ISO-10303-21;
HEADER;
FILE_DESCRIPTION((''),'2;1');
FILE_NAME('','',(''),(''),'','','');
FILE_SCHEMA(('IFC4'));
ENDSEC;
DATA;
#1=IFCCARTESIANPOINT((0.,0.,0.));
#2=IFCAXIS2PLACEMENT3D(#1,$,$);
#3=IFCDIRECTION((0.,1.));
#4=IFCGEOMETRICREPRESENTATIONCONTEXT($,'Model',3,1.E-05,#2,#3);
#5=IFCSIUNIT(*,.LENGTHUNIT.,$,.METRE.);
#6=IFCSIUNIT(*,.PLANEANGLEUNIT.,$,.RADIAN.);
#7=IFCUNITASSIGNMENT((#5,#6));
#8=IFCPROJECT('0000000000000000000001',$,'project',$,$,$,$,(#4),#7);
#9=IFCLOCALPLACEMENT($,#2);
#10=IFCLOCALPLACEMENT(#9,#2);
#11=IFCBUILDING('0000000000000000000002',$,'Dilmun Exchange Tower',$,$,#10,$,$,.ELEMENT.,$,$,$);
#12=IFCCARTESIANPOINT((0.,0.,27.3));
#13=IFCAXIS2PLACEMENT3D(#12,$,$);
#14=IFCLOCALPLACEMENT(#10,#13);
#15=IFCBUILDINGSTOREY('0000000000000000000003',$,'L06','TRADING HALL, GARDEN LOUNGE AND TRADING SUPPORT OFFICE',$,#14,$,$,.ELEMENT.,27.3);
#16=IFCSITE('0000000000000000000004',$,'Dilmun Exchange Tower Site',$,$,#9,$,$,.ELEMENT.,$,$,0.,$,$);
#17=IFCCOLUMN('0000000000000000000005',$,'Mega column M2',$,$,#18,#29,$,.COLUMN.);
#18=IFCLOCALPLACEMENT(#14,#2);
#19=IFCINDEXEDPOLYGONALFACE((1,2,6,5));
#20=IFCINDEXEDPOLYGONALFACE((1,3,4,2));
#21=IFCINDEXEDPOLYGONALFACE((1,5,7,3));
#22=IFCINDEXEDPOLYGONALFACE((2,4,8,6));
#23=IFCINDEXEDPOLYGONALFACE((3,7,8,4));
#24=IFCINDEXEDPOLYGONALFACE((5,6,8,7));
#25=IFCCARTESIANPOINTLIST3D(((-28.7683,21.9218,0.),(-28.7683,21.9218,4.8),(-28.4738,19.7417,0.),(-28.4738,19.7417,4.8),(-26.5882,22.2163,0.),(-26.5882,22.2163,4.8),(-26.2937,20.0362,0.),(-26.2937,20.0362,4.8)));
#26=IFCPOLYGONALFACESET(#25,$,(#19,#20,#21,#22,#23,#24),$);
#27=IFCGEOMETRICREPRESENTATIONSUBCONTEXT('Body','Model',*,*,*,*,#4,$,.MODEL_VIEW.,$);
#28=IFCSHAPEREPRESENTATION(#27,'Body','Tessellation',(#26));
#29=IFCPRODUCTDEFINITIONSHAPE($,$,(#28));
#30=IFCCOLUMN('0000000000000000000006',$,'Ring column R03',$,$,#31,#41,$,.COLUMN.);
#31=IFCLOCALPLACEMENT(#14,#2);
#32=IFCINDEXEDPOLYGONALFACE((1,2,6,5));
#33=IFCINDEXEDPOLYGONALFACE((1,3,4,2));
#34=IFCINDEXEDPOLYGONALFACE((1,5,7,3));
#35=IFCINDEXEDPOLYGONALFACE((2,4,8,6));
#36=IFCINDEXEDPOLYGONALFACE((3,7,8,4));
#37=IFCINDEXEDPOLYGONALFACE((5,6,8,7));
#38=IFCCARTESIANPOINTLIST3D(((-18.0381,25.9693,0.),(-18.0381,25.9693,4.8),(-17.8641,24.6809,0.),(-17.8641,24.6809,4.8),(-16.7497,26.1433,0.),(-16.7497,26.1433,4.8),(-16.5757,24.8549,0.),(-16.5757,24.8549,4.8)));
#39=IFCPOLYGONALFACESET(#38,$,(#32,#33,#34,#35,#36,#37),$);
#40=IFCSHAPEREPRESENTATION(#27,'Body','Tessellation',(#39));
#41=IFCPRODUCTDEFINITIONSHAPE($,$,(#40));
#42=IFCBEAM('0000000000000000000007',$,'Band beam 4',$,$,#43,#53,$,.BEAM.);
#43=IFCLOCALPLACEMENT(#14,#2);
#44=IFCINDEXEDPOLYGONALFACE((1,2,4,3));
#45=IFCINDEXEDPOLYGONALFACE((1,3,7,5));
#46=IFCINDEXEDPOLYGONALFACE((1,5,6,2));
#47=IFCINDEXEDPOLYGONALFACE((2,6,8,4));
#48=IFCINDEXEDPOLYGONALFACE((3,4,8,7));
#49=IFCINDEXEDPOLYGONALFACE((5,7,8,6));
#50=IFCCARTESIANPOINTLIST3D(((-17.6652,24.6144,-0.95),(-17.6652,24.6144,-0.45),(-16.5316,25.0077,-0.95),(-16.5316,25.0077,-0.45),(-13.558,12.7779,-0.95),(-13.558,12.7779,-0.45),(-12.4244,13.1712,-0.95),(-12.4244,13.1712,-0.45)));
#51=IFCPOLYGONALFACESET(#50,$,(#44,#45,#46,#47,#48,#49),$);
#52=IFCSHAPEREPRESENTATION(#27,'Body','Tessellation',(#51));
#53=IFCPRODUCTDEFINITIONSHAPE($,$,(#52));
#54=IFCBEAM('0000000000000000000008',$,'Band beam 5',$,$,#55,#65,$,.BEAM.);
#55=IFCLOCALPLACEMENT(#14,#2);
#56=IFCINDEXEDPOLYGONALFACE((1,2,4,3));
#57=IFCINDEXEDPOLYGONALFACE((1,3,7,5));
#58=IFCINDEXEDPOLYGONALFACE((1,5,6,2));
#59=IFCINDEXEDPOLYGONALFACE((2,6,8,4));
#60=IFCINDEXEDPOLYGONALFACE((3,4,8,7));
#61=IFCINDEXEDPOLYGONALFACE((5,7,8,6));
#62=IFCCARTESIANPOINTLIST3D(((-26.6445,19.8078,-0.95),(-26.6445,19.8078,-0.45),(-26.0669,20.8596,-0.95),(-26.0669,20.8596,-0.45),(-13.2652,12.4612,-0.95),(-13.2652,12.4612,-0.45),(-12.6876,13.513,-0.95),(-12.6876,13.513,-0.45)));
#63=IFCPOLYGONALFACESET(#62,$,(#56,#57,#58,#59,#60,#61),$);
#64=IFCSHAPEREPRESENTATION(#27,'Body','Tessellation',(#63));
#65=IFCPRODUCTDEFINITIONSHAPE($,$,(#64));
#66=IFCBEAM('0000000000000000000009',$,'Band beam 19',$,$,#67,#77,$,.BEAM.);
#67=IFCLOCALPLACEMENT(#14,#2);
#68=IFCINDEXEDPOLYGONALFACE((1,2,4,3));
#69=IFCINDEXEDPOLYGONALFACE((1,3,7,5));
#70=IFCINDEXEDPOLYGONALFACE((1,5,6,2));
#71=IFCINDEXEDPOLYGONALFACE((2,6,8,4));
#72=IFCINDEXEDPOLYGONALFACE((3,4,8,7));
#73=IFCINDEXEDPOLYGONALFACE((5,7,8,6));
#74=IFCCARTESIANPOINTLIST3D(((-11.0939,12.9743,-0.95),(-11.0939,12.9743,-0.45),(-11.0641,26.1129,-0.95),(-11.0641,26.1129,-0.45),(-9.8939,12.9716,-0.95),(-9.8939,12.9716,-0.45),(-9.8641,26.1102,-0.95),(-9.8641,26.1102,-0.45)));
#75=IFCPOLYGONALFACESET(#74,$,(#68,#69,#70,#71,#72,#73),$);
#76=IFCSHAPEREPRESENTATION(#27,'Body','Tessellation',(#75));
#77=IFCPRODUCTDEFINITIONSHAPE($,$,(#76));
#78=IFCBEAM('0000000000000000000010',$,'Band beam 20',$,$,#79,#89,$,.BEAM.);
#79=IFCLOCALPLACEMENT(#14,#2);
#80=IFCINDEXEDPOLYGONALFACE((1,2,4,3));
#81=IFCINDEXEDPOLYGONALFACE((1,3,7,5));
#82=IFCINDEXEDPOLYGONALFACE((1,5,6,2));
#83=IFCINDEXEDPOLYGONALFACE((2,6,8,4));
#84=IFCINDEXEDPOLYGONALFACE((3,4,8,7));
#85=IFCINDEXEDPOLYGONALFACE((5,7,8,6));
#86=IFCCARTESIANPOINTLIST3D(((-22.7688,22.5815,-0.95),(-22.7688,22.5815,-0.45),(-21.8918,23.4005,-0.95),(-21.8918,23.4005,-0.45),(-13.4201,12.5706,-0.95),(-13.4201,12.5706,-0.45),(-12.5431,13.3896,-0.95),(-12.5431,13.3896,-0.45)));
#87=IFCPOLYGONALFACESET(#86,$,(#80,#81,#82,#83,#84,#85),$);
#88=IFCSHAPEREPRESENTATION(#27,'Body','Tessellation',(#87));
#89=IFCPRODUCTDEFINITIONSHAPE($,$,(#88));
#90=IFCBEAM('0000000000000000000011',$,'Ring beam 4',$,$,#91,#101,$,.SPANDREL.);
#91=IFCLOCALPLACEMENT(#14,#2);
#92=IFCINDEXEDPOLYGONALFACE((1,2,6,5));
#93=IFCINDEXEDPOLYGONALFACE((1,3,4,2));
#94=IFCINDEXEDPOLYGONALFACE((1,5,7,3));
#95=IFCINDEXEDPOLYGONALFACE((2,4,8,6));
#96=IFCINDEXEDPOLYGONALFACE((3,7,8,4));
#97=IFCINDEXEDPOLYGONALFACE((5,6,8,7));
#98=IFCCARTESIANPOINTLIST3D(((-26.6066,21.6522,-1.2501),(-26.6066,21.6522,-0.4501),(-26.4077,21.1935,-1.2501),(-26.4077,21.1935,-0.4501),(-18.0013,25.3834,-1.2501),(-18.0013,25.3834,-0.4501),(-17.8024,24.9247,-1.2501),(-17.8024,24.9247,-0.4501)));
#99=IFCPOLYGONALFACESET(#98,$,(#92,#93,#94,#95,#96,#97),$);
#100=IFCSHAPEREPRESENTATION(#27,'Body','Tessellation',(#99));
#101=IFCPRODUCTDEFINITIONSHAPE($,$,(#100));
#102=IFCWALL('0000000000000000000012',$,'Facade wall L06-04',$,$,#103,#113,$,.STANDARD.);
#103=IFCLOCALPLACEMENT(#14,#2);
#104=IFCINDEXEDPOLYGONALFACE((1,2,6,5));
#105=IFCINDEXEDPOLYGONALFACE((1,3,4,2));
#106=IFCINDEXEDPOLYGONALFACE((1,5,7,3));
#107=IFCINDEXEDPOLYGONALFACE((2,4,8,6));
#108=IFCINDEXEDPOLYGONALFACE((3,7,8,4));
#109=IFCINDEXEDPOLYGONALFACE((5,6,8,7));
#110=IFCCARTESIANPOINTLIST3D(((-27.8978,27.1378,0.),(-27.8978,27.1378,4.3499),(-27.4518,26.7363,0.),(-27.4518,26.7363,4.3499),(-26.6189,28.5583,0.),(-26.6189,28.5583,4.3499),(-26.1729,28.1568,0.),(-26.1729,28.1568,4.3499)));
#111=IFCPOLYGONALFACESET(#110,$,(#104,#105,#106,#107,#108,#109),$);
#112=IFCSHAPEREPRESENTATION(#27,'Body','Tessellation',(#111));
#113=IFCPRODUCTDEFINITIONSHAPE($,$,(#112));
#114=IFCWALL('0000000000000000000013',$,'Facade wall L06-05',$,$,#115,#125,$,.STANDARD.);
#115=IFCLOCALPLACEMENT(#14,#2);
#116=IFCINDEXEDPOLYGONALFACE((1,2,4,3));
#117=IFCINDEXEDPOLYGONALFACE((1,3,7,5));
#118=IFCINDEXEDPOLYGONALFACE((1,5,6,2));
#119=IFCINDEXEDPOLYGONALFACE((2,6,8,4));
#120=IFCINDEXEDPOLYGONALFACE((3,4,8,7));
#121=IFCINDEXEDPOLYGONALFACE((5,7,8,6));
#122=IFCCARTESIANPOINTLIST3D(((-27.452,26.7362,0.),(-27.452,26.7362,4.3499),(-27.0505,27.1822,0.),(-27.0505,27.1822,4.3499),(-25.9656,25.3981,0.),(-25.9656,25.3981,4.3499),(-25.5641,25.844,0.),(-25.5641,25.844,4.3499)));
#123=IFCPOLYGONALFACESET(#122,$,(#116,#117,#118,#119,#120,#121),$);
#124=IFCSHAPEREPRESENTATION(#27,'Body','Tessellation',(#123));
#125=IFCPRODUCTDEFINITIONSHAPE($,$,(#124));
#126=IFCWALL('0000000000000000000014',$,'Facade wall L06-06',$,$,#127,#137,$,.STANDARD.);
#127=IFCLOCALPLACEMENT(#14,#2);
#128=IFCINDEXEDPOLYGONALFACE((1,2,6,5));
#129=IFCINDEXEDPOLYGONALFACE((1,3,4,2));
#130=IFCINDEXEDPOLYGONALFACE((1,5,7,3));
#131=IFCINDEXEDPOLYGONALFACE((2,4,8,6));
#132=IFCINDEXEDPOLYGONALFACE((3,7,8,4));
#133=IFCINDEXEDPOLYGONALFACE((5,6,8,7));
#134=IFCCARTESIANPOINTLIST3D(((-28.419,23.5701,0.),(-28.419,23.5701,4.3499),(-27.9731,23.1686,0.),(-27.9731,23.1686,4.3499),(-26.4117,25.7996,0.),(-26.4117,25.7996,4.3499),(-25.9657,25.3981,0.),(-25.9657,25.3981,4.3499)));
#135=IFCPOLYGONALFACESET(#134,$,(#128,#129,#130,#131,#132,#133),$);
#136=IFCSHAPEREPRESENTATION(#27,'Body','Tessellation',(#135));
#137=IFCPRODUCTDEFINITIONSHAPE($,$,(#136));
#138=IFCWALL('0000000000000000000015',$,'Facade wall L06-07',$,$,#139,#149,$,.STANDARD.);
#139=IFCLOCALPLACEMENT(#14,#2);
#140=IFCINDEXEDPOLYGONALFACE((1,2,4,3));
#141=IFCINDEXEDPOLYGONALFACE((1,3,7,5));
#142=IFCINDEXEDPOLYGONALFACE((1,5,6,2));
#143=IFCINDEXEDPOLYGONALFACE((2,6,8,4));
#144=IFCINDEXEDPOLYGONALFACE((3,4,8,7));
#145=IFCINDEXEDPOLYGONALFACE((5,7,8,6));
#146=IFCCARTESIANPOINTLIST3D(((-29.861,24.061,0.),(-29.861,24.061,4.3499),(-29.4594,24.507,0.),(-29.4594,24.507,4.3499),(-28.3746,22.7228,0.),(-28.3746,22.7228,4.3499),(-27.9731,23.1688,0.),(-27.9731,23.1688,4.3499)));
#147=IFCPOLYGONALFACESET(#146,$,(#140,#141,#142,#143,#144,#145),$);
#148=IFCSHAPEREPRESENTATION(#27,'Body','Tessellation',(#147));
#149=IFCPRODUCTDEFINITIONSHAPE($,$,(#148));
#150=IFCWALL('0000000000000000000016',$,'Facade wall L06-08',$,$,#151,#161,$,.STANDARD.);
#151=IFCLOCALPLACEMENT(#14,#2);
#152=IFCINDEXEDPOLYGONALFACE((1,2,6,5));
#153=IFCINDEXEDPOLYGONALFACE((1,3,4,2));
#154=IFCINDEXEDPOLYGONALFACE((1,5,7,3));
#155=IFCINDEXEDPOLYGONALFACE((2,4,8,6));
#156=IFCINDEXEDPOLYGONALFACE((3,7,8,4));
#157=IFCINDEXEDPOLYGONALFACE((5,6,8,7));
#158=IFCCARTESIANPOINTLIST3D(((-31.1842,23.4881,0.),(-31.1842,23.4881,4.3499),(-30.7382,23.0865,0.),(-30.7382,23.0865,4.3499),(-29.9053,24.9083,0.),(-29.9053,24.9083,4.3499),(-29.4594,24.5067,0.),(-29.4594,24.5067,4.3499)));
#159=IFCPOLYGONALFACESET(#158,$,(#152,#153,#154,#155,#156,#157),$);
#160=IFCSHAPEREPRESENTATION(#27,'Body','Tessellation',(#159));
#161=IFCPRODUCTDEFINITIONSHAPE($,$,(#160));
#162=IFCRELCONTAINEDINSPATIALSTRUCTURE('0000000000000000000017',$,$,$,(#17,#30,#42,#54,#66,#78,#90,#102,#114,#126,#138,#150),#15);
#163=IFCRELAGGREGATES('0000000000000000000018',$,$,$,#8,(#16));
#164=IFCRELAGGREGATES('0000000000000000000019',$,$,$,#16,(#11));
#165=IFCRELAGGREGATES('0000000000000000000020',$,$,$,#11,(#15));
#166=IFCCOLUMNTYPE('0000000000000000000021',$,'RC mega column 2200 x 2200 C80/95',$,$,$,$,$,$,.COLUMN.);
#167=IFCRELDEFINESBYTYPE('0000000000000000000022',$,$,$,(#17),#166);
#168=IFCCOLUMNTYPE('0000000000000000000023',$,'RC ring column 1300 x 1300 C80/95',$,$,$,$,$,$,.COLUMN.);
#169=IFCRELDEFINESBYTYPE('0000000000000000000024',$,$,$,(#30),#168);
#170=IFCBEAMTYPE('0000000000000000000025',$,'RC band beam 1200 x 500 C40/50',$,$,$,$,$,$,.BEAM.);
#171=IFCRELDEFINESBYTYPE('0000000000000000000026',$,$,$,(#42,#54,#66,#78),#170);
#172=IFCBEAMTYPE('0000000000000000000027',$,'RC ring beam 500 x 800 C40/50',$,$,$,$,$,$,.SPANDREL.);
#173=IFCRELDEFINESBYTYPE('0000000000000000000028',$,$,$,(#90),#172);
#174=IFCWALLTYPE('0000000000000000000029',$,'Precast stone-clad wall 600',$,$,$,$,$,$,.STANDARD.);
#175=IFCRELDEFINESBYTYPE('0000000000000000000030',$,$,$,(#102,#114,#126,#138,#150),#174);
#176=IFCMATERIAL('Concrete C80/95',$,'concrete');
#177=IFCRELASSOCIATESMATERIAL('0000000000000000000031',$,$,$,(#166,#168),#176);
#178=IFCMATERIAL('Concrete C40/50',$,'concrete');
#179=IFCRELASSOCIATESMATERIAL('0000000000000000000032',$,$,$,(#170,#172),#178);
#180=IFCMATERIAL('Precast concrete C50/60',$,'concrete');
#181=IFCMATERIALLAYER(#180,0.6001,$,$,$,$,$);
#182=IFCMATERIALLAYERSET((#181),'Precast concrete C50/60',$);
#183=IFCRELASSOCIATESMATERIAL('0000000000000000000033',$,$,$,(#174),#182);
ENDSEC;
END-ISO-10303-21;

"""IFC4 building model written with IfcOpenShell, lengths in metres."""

from ifc_helpers import new_model, si_unit, direction, frame, frame_2d, origin, origin_2d, place, context, subcontext, project, spatial, rectangle, extrude, material, layer, layer_set, material_profile, profile_set, type_object, element, save


model = new_model("IFC4")

# Units and contexts
model_context = context("Model", 3, precision=1e-05, world=origin(), true_north=direction((0.0, 1.0)))
body_context = subcontext(model_context, "Body", "Model", "MODEL_VIEW")
ifc_project = project(units=[si_unit("LENGTHUNIT", "METRE"), si_unit("PLANEANGLEUNIT", "RADIAN")], contexts=[model_context])

# Site, building, storey
site_placement = place(None, origin())
site = spatial("IfcSite", under=ifc_project, at=site_placement, Name="Dilmun Exchange Tower Site", CompositionType="ELEMENT", RefElevation=0.0)
building_placement = place(site_placement, origin())
building = spatial("IfcBuilding", under=site, at=building_placement, Name="Dilmun Exchange Tower", CompositionType="ELEMENT")
storey_placement = place(building_placement, frame((0.0, 0.0, 27.3)))
storey = spatial("IfcBuildingStorey", under=building, at=storey_placement, Name="L06", Description="TRADING HALL, GARDEN LOUNGE AND TRADING SUPPORT OFFICE", CompositionType="ELEMENT", Elevation=27.3)

# Columns
ifc_material_1 = material(Name="Concrete C80/95", Category="concrete")
ifc_material_profile_1 = material_profile(ifc_material_1, rectangle(XDim=2.2, YDim=2.2, at=origin_2d()), Name="2200 x 2200")
ifc_profile_set_1 = profile_set([ifc_material_profile_1], Name="Concrete C80/95")
column_type_1 = type_object("IfcColumnType", Name="RC mega column 2200 x 2200 C80/95", PredefinedType="COLUMN", material=ifc_profile_set_1)
column_1_placement = place(storey_placement, frame((-27.531, 20.979, 0.0), z_axis=(0.0, 0.0, 1.0), x_axis=(0.991001, 0.133853, 0.0)))
element("IfcColumn", 1, at=column_1_placement, inside=storey, type_object=column_type_1, Name="Mega column M2", PredefinedType="COLUMN", context=body_context, shape_type="SweptSolid", body=[
    extrude(rectangle(XDim=2.2, YDim=2.2, at=origin_2d()), origin(), (0.0, 0.0, 1.0), 4.8),
])
ifc_material_profile_2 = material_profile(ifc_material_1, rectangle(XDim=1.3, YDim=1.3, at=origin_2d()), Name="1300 x 1300")
ifc_profile_set_2 = profile_set([ifc_material_profile_2], Name="Concrete C80/95")
column_type_2 = type_object("IfcColumnType", Name="RC ring column 1300 x 1300 C80/95", PredefinedType="COLUMN", material=ifc_profile_set_2)
column_2_placement = place(storey_placement, frame((-17.3069, 25.4121, 0.0), z_axis=(0.0, 0.0, 1.0), x_axis=(0.991001, 0.133853, 0.0)))
element("IfcColumn", 2, at=column_2_placement, inside=storey, type_object=column_type_2, Name="Ring column R03", PredefinedType="COLUMN", context=body_context, shape_type="SweptSolid", body=[
    extrude(rectangle(XDim=1.3, YDim=1.3, at=origin_2d()), origin(), (0.0, 0.0, 1.0), 4.8),
])

# Beams
ifc_material_2 = material(Name="Concrete C40/50", Category="concrete")
ifc_material_profile_3 = material_profile(ifc_material_2, rectangle(XDim=1.2, YDim=0.5, at=origin_2d()), Name="1200 x 500")
ifc_profile_set_3 = profile_set([ifc_material_profile_3], Name="Concrete C40/50")
beam_type_1 = type_object("IfcBeamType", Name="RC band beam 1200 x 500 C40/50", PredefinedType="BEAM", material=ifc_profile_set_3)
beam_1_placement = place(storey_placement, frame((-17.0984, 24.811, -0.7), z_axis=(0.32782, -0.94474, 0.0), x_axis=(0.94474, 0.32782, 0.0)))
element("IfcBeam", 3, at=beam_1_placement, inside=storey, type_object=beam_type_1, Name="Band beam 4", PredefinedType="BEAM", context=body_context, shape_type="SweptSolid", body=[
    extrude(rectangle(XDim=1.2, YDim=0.5, at=origin_2d()), origin(), (0.0, 0.0, 1.0), 12.5288),
])
beam_2_placement = place(storey_placement, frame((-26.3557, 20.3337, -0.7), z_axis=(0.876547, -0.481316, 0.0), x_axis=(0.481316, 0.876547, 0.0)))
element("IfcBeam", 4, at=beam_2_placement, inside=storey, type_object=beam_type_1, Name="Band beam 5", PredefinedType="BEAM", context=body_context, shape_type="SweptSolid", body=[
    extrude(rectangle(XDim=1.2, YDim=0.5, at=origin_2d()), origin(), (0.0, 0.0, 1.0), 15.2637),
])
beam_3_placement = place(storey_placement, frame((-10.4641, 26.1116, -0.7), z_axis=(-0.002267, -0.999997, 0.0), x_axis=(0.999997, -0.002267, 0.0)))
element("IfcBeam", 5, at=beam_3_placement, inside=storey, type_object=beam_type_1, Name="Band beam 19", PredefinedType="BEAM", context=body_context, shape_type="SweptSolid", body=[
    extrude(rectangle(XDim=1.2, YDim=0.5, at=origin_2d()), origin(), (0.0, 0.0, 1.0), 13.1387),
])
beam_4_placement = place(storey_placement, frame((-22.3303, 22.991, -0.7), z_axis=(0.682524, -0.730863, 0.0), x_axis=(0.730863, 0.682524, 0.0)))
element("IfcBeam", 6, at=beam_4_placement, inside=storey, type_object=beam_type_1, Name="Band beam 20", PredefinedType="BEAM", context=body_context, shape_type="SweptSolid", body=[
    extrude(rectangle(XDim=1.2, YDim=0.5, at=origin_2d()), origin(), (0.0, 0.0, 1.0), 13.6973),
])
ifc_material_profile_4 = material_profile(ifc_material_2, rectangle(XDim=0.5, YDim=0.8, at=origin_2d()), Name="500 x 800")
ifc_profile_set_4 = profile_set([ifc_material_profile_4], Name="Concrete C40/50")
beam_type_2 = type_object("IfcBeamType", Name="RC ring beam 500 x 800 C40/50", PredefinedType="SPANDREL", material=ifc_profile_set_4)
beam_5_placement = place(storey_placement, frame((-17.9019, 25.1541, -0.8501), z_axis=(-0.917467, -0.397811, 0.0), x_axis=(0.397811, -0.917467, 0.0)))
element("IfcBeam", 7, at=beam_5_placement, inside=storey, type_object=beam_type_2, Name="Ring beam 4", PredefinedType="SPANDREL", context=body_context, shape_type="SweptSolid", body=[
    extrude(rectangle(XDim=0.5, YDim=0.8, at=origin_2d()), origin(), (0.0, 0.0, 1.0), 9.3794),
])

# Walls
ifc_material_3 = material(Name="Precast concrete C50/60", Category="concrete")
ifc_layer = layer(ifc_material_3, 0.6001)
ifc_layer_set = layer_set([ifc_layer], Name="Precast concrete C50/60")
wall_type = type_object("IfcWallType", Name="Precast stone-clad wall 600", PredefinedType="STANDARD", material=ifc_layer_set)
wall_1_placement = place(storey_placement, frame((-26.396, 28.3574, 0.0), z_axis=(0.0, 0.0, 1.0), x_axis=(-0.669092, -0.74318, 0.0)))
element("IfcWall", 8, at=wall_1_placement, inside=storey, type_object=wall_type, Name="Facade wall L06-04", PredefinedType="STANDARD", context=body_context, shape_type="SweptSolid", body=[
    extrude(rectangle(XDim=1.9114, YDim=0.6001, at=frame_2d((0.9556, 0.0))), origin(), (0.0, 0.0, 1.0), 4.3499),
])
wall_2_placement = place(storey_placement, frame((-27.2512, 26.9592, 0.0), z_axis=(0.0, 0.0, 1.0), x_axis=(0.743185, -0.669086, 0.0)))
element("IfcWall", 9, at=wall_2_placement, inside=storey, type_object=wall_type, Name="Facade wall L06-05", PredefinedType="STANDARD", context=body_context, shape_type="SweptSolid", body=[
    extrude(rectangle(XDim=2.0, YDim=0.6001, at=frame_2d((1.0, 0.0))), origin(), (0.0, 0.0, 1.0), 4.3499),
])
wall_3_placement = place(storey_placement, frame((-26.1887, 25.5989, 0.0), z_axis=(0.0, 0.0, 1.0), x_axis=(-0.669109, -0.743165, 0.0)))
element("IfcWall", 10, at=wall_3_placement, inside=storey, type_object=wall_type, Name="Facade wall L06-06", PredefinedType="STANDARD", context=body_context, shape_type="SweptSolid", body=[
    extrude(rectangle(XDim=3.0, YDim=0.6001, at=frame_2d((1.5, 0.0))), origin(), (0.0, 0.0, 1.0), 4.3499),
])
wall_4_placement = place(storey_placement, frame((-28.1738, 22.9458, 0.0), z_axis=(0.0, 0.0, 1.0), x_axis=(-0.743185, 0.669086, 0.0)))
element("IfcWall", 11, at=wall_4_placement, inside=storey, type_object=wall_type, Name="Facade wall L06-07", PredefinedType="STANDARD", context=body_context, shape_type="SweptSolid", body=[
    extrude(rectangle(XDim=2.0, YDim=0.6001, at=frame_2d((1.0, 0.0))), origin(), (0.0, 0.0, 1.0), 4.3499),
])
wall_5_placement = place(storey_placement, frame((-29.6824, 24.7075, 0.0), z_axis=(0.0, 0.0, 1.0), x_axis=(-0.669155, -0.743123, 0.0)))
element("IfcWall", 12, at=wall_5_placement, inside=storey, type_object=wall_type, Name="Facade wall L06-08", PredefinedType="STANDARD", context=body_context, shape_type="SweptSolid", body=[
    extrude(rectangle(XDim=1.9111, YDim=0.6001, at=frame_2d((0.9556, 0.0))), origin(), (0.0, 0.0, 1.0), 4.3499),
])

save(model, "model.ifc")
